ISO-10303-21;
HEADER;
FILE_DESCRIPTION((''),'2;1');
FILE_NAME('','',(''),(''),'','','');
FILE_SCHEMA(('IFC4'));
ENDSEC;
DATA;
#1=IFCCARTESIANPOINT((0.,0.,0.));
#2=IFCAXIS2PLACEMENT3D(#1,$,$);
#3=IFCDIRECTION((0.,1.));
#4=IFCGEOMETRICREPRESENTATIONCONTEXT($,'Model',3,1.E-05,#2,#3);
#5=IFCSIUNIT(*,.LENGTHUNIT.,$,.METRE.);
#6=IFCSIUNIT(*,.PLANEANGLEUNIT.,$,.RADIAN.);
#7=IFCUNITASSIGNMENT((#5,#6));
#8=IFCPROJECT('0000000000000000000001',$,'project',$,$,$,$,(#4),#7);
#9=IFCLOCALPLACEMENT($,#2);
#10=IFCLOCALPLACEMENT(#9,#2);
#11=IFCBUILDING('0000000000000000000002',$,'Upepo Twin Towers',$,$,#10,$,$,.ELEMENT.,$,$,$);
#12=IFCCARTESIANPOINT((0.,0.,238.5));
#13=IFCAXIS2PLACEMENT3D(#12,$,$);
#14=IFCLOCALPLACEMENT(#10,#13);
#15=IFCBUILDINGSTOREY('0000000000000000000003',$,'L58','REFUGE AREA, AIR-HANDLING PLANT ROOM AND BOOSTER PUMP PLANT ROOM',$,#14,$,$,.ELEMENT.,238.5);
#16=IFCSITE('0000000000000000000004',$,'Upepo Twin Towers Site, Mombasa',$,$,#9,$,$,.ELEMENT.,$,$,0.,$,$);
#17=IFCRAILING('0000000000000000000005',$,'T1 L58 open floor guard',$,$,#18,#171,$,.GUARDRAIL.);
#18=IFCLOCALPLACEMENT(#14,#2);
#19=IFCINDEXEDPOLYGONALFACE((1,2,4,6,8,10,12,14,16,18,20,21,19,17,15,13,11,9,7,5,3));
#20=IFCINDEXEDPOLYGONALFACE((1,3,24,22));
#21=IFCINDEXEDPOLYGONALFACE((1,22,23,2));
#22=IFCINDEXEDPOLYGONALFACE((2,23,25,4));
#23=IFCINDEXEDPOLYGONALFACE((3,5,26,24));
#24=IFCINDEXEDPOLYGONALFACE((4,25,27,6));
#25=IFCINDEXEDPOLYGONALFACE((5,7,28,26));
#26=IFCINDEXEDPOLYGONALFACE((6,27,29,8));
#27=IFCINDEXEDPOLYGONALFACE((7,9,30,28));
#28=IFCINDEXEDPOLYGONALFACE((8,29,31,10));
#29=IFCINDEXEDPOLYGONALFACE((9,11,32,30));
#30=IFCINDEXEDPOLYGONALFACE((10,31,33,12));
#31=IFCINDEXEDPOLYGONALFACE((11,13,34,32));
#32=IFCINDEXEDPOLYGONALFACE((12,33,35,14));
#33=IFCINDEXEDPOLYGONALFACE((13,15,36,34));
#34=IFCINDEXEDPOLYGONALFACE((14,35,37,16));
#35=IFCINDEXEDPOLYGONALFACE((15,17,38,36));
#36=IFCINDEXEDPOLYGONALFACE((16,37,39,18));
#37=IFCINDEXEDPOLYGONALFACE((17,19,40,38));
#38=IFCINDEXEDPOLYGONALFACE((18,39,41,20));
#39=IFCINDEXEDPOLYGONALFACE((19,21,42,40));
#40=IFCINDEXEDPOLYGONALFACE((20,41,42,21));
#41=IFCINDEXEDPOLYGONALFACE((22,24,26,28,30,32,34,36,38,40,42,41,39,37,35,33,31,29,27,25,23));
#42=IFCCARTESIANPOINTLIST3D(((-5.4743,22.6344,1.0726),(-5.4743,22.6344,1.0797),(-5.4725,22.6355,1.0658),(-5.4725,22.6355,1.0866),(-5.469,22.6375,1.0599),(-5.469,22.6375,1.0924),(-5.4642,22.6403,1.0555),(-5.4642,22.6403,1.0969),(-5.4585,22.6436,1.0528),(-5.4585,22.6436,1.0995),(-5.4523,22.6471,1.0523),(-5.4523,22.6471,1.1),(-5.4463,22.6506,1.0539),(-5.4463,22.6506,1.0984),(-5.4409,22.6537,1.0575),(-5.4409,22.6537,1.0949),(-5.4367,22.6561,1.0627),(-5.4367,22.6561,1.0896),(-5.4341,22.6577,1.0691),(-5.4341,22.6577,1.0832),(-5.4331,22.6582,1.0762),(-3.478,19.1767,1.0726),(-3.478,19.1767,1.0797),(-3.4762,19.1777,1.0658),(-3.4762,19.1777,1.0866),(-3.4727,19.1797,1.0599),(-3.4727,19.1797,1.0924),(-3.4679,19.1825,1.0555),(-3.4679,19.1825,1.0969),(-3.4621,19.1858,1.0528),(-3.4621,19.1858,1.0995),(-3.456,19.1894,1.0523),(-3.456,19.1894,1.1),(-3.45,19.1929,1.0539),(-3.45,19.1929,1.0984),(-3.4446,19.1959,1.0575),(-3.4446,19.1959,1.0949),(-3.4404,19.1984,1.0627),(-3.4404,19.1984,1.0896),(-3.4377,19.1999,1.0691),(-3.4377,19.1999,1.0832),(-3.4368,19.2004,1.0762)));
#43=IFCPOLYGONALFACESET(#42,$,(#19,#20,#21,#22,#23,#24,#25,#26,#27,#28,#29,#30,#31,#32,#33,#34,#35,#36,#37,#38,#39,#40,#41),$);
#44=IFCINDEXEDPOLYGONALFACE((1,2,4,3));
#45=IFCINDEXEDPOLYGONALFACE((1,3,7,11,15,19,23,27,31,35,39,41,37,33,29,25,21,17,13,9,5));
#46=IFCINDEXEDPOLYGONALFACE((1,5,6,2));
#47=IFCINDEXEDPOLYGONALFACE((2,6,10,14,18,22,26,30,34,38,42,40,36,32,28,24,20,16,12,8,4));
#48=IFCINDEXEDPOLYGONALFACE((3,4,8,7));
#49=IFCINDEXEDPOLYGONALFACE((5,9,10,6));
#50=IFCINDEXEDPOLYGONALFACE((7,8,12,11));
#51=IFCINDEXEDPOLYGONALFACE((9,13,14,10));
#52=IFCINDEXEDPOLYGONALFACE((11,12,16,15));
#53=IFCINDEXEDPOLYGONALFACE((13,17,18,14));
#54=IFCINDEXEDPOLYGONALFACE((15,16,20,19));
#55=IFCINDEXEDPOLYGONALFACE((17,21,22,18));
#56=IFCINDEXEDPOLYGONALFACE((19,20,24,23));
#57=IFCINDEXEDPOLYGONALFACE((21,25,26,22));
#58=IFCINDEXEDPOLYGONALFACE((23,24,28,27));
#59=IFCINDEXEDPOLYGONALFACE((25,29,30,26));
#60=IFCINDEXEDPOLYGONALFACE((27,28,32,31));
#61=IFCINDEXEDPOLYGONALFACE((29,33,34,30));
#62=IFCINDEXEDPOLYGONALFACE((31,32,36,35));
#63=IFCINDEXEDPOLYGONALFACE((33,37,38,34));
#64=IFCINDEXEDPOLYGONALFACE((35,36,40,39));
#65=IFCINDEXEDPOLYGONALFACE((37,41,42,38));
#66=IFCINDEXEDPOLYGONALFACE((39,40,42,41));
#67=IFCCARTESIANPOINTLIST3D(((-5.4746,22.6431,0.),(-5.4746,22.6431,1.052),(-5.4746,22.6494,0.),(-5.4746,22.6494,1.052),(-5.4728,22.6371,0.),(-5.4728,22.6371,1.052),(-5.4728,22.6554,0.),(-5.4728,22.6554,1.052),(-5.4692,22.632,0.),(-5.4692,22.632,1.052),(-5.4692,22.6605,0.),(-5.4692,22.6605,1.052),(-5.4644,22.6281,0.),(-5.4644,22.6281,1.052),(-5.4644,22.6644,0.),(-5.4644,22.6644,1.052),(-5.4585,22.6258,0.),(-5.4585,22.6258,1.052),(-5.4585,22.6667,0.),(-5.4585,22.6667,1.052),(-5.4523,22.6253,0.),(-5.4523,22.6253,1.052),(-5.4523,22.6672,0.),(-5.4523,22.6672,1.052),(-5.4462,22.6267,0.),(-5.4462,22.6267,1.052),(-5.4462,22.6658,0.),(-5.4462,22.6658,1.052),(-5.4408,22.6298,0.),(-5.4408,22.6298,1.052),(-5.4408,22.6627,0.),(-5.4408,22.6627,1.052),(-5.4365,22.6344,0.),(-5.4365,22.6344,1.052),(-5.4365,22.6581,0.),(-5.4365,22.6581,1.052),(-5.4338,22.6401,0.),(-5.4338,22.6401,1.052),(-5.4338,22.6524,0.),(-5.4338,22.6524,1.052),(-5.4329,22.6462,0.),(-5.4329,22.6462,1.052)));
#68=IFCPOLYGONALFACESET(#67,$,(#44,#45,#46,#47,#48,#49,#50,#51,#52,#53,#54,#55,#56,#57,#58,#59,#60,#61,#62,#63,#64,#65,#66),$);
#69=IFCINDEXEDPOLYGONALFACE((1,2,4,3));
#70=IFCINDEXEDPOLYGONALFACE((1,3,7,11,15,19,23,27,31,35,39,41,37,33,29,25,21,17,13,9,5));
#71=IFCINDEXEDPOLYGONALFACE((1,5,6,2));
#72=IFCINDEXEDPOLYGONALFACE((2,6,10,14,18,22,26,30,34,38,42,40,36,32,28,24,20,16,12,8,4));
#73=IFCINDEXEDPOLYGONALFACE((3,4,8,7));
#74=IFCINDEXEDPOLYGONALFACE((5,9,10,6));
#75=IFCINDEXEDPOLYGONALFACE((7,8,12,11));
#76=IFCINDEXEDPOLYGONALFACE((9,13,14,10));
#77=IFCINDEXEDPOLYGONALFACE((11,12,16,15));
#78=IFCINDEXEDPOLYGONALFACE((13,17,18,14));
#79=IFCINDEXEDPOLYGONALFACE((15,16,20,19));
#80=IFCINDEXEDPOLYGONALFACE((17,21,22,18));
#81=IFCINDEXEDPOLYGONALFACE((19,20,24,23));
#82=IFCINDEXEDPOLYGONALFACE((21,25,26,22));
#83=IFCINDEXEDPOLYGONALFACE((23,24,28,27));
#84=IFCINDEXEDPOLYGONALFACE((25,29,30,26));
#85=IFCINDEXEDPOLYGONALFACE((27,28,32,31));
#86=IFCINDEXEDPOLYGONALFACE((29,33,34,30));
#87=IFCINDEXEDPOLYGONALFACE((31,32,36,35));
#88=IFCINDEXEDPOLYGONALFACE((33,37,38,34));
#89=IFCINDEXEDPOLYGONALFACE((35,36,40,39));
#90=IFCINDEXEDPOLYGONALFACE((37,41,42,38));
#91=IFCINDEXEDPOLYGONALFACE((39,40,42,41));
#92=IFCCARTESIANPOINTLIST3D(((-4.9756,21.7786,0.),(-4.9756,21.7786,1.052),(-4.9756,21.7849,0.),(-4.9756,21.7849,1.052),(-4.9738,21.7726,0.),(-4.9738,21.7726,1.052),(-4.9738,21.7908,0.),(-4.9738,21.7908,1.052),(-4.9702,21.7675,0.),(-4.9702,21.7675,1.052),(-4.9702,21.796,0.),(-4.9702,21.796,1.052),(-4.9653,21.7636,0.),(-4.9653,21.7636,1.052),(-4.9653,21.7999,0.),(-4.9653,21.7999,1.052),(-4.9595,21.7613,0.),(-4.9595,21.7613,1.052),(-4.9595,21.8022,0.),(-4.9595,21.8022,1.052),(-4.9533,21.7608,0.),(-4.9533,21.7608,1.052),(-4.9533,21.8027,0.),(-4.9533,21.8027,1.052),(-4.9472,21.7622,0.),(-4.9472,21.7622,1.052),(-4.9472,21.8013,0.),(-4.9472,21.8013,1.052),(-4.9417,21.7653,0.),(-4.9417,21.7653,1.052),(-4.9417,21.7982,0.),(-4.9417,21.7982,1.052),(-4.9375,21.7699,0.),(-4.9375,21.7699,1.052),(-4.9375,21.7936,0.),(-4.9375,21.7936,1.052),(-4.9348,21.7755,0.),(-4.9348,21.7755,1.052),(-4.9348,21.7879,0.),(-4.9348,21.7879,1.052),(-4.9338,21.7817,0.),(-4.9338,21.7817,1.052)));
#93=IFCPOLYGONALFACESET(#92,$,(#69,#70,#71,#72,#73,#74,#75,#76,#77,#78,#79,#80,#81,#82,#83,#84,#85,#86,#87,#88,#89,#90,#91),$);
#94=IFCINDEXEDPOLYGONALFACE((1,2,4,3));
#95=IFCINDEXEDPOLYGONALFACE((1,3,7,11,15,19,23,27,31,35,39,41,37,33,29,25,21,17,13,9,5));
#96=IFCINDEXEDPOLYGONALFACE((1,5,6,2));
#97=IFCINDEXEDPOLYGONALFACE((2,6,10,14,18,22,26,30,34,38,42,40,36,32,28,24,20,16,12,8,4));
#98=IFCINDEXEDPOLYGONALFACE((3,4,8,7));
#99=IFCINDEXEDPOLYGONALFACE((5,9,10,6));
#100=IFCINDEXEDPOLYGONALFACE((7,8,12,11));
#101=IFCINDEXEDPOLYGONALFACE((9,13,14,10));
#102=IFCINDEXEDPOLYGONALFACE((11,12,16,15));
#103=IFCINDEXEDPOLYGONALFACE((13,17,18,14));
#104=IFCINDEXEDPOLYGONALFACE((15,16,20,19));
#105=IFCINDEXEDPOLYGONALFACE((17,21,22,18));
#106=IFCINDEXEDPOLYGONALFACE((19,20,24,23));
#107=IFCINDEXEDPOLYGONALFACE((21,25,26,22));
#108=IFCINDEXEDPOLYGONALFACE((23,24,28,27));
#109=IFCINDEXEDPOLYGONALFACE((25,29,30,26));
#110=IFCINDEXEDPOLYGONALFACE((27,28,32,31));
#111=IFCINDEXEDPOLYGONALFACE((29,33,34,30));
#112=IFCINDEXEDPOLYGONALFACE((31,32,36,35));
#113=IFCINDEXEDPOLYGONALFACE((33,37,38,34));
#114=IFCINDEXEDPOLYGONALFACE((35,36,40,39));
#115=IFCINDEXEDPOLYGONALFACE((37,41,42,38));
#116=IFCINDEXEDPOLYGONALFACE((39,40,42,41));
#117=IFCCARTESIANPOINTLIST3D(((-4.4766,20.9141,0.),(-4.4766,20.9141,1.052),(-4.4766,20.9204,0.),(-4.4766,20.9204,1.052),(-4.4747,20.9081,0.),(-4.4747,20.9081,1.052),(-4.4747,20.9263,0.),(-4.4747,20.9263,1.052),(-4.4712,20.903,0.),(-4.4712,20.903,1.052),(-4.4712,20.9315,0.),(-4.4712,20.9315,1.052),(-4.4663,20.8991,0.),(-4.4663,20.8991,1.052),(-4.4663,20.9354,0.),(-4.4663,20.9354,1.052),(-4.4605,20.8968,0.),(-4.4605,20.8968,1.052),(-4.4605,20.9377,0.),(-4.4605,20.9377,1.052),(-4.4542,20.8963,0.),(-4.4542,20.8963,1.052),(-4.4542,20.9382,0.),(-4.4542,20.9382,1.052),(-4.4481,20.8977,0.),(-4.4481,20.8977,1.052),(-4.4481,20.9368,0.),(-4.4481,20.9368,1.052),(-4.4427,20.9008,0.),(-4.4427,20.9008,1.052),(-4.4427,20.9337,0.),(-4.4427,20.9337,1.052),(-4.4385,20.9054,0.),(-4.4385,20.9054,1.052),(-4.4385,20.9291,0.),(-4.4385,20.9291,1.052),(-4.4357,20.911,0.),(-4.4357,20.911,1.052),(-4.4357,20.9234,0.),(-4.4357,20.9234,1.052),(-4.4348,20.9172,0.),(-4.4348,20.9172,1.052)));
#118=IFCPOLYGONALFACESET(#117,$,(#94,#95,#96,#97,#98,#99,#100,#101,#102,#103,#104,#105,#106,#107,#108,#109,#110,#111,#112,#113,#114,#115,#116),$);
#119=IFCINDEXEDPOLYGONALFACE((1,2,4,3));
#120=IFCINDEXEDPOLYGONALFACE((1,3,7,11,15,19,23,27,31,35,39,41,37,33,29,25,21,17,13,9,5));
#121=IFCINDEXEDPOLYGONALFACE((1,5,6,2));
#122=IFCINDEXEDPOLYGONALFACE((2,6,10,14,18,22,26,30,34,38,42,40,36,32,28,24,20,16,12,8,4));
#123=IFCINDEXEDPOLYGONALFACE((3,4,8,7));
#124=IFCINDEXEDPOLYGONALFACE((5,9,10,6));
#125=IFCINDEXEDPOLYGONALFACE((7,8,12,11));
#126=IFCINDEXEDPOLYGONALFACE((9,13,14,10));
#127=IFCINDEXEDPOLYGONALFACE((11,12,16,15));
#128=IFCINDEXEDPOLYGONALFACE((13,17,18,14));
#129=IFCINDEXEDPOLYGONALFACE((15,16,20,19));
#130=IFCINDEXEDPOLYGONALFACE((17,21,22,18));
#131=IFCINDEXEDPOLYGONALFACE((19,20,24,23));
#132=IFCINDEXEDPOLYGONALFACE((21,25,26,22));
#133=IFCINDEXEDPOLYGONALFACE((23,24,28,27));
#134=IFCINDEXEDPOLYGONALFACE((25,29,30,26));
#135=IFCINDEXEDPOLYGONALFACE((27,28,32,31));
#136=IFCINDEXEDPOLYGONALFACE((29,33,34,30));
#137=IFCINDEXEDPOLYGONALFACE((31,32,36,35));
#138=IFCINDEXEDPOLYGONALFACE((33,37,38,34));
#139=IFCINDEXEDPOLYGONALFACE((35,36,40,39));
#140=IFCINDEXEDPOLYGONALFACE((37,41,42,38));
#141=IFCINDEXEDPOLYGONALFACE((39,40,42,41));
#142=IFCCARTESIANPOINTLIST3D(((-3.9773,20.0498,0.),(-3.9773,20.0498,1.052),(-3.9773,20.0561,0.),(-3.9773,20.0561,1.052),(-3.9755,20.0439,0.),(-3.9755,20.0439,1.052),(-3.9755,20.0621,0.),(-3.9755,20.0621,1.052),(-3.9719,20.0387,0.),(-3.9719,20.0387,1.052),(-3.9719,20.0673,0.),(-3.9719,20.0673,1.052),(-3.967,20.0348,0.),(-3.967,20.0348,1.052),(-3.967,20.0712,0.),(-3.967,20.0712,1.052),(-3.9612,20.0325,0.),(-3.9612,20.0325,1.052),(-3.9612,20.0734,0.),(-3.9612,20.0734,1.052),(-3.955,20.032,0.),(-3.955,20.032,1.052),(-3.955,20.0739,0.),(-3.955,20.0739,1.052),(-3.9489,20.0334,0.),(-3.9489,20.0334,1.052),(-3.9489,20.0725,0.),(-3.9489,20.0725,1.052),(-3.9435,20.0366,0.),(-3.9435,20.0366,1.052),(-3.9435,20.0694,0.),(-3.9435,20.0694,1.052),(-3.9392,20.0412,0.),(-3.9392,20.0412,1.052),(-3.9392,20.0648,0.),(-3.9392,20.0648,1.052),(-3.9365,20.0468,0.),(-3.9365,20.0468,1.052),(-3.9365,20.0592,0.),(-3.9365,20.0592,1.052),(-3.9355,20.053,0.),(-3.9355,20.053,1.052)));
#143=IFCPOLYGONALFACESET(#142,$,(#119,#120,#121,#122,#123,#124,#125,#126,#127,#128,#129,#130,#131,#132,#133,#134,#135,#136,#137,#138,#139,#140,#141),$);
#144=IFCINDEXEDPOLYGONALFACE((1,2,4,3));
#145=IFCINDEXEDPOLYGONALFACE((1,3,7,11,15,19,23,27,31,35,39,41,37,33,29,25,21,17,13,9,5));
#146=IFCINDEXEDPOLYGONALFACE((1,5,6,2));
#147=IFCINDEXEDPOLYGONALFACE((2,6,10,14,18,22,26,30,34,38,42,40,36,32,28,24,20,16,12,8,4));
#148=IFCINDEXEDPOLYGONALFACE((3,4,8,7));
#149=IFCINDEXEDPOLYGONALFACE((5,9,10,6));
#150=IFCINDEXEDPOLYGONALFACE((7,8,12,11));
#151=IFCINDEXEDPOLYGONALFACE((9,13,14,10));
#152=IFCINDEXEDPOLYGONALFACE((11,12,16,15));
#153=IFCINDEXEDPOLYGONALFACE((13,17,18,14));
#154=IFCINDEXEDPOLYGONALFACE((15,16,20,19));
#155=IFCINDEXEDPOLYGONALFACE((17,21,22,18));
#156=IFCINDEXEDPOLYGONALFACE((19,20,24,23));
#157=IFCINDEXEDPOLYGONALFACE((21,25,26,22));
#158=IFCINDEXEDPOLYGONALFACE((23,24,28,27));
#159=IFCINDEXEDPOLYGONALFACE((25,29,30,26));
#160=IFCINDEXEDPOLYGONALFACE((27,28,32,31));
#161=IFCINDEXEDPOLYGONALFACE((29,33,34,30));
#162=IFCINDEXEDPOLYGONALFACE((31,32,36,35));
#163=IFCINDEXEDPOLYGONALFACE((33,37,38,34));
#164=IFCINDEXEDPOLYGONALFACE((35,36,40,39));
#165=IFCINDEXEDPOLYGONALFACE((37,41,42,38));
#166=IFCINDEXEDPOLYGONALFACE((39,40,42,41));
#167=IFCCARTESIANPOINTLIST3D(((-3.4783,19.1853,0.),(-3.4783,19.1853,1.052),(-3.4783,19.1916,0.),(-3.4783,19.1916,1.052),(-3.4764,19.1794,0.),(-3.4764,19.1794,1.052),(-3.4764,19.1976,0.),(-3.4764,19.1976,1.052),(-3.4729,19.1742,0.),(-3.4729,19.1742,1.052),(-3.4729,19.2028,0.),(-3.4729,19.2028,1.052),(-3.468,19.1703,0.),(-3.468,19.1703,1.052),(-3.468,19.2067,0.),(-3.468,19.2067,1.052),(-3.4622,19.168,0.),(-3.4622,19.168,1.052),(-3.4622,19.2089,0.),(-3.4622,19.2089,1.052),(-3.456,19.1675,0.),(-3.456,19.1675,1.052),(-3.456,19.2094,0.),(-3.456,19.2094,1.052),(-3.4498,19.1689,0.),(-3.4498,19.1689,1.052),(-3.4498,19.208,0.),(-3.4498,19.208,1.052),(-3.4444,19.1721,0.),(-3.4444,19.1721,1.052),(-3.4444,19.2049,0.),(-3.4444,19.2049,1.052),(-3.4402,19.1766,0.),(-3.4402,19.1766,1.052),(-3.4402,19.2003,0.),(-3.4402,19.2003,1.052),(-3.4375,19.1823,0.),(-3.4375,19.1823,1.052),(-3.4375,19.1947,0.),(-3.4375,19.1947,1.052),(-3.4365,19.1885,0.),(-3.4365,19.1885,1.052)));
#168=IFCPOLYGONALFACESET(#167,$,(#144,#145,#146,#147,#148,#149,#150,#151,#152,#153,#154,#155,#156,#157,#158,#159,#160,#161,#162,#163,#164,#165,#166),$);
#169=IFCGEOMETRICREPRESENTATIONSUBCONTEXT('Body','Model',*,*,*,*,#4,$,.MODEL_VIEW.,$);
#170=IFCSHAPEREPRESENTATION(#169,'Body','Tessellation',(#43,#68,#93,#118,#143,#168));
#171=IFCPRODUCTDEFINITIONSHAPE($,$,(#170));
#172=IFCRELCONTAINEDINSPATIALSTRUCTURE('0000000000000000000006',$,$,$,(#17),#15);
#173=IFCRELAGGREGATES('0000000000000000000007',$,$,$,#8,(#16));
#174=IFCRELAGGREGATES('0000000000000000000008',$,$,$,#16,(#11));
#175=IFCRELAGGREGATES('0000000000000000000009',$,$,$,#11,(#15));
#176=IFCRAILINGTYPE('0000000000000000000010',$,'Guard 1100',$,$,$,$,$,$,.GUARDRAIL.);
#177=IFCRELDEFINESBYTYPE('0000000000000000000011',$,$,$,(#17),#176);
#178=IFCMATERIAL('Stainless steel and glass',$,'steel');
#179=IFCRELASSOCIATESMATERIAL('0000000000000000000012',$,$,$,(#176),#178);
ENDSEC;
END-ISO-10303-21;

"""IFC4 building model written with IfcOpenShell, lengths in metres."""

from ifc_helpers import new_model, si_unit, direction, frame, origin, origin_2d, place, context, subcontext, project, spatial, circle, extrude, material, type_object, element, save


model = new_model("IFC4")

# Units and contexts
model_context = context("Model", 3, precision=1e-05, world=origin(), true_north=direction((0.0, 1.0)))
body_context = subcontext(model_context, "Body", "Model", "MODEL_VIEW")
ifc_project = project(units=[si_unit("LENGTHUNIT", "METRE"), si_unit("PLANEANGLEUNIT", "RADIAN")], contexts=[model_context])

# Site, building, storey
site_placement = place(None, origin())
site = spatial("IfcSite", under=ifc_project, at=site_placement, Name="Upepo Twin Towers Site, Mombasa", CompositionType="ELEMENT", RefElevation=0.0)
building_placement = place(site_placement, origin())
building = spatial("IfcBuilding", under=site, at=building_placement, Name="Upepo Twin Towers", CompositionType="ELEMENT")
storey_placement = place(building_placement, frame((0.0, 0.0, 238.5)))
storey = spatial("IfcBuildingStorey", under=building, at=storey_placement, Name="L58", Description="REFUGE AREA, AIR-HANDLING PLANT ROOM AND BOOSTER PUMP PLANT ROOM", CompositionType="ELEMENT", Elevation=238.5)

# Railing
ifc_material_1 = material(Name="Stainless steel and glass", Category="steel")
railing_type = type_object("IfcRailingType", Name="Guard 1100", PredefinedType="GUARDRAIL", material=ifc_material_1)
railing_1_placement = place(storey_placement, frame((-5.4539, 22.6462, 0.0)))
element("IfcRailing", 1, at=railing_1_placement, inside=storey, type_object=railing_type, Name="T1 L58 open floor guard", PredefinedType="GUARDRAIL", context=body_context, shape_type="SweptSolid", body=[
    extrude(circle(Radius=0.0239, at=origin_2d()), frame((0.0, 0.0, 1.0762), z_axis=(0.499999, -0.866026, 0.0), x_axis=(0.866026, 0.499999, 0.0)), (0.0, 0.0, 1.0), 3.9927),
    extrude(circle(Radius=0.021, at=origin_2d()), origin(), (0.0, 0.0, 1.0), 1.052),
    extrude(circle(Radius=0.021, at=origin_2d()), frame((0.499, -0.8645, 0.0)), (0.0, 0.0, 1.0), 1.052),
    extrude(circle(Radius=0.021, at=origin_2d()), frame((0.998, -1.729, 0.0)), (0.0, 0.0, 1.0), 1.052),
    extrude(circle(Radius=0.021, at=origin_2d()), frame((1.4973, -2.5933, 0.0)), (0.0, 0.0, 1.0), 1.052),
    extrude(circle(Radius=0.021, at=origin_2d()), frame((1.9963, -3.4578, 0.0)), (0.0, 0.0, 1.0), 1.052),
])

save(model, "model.ifc")
